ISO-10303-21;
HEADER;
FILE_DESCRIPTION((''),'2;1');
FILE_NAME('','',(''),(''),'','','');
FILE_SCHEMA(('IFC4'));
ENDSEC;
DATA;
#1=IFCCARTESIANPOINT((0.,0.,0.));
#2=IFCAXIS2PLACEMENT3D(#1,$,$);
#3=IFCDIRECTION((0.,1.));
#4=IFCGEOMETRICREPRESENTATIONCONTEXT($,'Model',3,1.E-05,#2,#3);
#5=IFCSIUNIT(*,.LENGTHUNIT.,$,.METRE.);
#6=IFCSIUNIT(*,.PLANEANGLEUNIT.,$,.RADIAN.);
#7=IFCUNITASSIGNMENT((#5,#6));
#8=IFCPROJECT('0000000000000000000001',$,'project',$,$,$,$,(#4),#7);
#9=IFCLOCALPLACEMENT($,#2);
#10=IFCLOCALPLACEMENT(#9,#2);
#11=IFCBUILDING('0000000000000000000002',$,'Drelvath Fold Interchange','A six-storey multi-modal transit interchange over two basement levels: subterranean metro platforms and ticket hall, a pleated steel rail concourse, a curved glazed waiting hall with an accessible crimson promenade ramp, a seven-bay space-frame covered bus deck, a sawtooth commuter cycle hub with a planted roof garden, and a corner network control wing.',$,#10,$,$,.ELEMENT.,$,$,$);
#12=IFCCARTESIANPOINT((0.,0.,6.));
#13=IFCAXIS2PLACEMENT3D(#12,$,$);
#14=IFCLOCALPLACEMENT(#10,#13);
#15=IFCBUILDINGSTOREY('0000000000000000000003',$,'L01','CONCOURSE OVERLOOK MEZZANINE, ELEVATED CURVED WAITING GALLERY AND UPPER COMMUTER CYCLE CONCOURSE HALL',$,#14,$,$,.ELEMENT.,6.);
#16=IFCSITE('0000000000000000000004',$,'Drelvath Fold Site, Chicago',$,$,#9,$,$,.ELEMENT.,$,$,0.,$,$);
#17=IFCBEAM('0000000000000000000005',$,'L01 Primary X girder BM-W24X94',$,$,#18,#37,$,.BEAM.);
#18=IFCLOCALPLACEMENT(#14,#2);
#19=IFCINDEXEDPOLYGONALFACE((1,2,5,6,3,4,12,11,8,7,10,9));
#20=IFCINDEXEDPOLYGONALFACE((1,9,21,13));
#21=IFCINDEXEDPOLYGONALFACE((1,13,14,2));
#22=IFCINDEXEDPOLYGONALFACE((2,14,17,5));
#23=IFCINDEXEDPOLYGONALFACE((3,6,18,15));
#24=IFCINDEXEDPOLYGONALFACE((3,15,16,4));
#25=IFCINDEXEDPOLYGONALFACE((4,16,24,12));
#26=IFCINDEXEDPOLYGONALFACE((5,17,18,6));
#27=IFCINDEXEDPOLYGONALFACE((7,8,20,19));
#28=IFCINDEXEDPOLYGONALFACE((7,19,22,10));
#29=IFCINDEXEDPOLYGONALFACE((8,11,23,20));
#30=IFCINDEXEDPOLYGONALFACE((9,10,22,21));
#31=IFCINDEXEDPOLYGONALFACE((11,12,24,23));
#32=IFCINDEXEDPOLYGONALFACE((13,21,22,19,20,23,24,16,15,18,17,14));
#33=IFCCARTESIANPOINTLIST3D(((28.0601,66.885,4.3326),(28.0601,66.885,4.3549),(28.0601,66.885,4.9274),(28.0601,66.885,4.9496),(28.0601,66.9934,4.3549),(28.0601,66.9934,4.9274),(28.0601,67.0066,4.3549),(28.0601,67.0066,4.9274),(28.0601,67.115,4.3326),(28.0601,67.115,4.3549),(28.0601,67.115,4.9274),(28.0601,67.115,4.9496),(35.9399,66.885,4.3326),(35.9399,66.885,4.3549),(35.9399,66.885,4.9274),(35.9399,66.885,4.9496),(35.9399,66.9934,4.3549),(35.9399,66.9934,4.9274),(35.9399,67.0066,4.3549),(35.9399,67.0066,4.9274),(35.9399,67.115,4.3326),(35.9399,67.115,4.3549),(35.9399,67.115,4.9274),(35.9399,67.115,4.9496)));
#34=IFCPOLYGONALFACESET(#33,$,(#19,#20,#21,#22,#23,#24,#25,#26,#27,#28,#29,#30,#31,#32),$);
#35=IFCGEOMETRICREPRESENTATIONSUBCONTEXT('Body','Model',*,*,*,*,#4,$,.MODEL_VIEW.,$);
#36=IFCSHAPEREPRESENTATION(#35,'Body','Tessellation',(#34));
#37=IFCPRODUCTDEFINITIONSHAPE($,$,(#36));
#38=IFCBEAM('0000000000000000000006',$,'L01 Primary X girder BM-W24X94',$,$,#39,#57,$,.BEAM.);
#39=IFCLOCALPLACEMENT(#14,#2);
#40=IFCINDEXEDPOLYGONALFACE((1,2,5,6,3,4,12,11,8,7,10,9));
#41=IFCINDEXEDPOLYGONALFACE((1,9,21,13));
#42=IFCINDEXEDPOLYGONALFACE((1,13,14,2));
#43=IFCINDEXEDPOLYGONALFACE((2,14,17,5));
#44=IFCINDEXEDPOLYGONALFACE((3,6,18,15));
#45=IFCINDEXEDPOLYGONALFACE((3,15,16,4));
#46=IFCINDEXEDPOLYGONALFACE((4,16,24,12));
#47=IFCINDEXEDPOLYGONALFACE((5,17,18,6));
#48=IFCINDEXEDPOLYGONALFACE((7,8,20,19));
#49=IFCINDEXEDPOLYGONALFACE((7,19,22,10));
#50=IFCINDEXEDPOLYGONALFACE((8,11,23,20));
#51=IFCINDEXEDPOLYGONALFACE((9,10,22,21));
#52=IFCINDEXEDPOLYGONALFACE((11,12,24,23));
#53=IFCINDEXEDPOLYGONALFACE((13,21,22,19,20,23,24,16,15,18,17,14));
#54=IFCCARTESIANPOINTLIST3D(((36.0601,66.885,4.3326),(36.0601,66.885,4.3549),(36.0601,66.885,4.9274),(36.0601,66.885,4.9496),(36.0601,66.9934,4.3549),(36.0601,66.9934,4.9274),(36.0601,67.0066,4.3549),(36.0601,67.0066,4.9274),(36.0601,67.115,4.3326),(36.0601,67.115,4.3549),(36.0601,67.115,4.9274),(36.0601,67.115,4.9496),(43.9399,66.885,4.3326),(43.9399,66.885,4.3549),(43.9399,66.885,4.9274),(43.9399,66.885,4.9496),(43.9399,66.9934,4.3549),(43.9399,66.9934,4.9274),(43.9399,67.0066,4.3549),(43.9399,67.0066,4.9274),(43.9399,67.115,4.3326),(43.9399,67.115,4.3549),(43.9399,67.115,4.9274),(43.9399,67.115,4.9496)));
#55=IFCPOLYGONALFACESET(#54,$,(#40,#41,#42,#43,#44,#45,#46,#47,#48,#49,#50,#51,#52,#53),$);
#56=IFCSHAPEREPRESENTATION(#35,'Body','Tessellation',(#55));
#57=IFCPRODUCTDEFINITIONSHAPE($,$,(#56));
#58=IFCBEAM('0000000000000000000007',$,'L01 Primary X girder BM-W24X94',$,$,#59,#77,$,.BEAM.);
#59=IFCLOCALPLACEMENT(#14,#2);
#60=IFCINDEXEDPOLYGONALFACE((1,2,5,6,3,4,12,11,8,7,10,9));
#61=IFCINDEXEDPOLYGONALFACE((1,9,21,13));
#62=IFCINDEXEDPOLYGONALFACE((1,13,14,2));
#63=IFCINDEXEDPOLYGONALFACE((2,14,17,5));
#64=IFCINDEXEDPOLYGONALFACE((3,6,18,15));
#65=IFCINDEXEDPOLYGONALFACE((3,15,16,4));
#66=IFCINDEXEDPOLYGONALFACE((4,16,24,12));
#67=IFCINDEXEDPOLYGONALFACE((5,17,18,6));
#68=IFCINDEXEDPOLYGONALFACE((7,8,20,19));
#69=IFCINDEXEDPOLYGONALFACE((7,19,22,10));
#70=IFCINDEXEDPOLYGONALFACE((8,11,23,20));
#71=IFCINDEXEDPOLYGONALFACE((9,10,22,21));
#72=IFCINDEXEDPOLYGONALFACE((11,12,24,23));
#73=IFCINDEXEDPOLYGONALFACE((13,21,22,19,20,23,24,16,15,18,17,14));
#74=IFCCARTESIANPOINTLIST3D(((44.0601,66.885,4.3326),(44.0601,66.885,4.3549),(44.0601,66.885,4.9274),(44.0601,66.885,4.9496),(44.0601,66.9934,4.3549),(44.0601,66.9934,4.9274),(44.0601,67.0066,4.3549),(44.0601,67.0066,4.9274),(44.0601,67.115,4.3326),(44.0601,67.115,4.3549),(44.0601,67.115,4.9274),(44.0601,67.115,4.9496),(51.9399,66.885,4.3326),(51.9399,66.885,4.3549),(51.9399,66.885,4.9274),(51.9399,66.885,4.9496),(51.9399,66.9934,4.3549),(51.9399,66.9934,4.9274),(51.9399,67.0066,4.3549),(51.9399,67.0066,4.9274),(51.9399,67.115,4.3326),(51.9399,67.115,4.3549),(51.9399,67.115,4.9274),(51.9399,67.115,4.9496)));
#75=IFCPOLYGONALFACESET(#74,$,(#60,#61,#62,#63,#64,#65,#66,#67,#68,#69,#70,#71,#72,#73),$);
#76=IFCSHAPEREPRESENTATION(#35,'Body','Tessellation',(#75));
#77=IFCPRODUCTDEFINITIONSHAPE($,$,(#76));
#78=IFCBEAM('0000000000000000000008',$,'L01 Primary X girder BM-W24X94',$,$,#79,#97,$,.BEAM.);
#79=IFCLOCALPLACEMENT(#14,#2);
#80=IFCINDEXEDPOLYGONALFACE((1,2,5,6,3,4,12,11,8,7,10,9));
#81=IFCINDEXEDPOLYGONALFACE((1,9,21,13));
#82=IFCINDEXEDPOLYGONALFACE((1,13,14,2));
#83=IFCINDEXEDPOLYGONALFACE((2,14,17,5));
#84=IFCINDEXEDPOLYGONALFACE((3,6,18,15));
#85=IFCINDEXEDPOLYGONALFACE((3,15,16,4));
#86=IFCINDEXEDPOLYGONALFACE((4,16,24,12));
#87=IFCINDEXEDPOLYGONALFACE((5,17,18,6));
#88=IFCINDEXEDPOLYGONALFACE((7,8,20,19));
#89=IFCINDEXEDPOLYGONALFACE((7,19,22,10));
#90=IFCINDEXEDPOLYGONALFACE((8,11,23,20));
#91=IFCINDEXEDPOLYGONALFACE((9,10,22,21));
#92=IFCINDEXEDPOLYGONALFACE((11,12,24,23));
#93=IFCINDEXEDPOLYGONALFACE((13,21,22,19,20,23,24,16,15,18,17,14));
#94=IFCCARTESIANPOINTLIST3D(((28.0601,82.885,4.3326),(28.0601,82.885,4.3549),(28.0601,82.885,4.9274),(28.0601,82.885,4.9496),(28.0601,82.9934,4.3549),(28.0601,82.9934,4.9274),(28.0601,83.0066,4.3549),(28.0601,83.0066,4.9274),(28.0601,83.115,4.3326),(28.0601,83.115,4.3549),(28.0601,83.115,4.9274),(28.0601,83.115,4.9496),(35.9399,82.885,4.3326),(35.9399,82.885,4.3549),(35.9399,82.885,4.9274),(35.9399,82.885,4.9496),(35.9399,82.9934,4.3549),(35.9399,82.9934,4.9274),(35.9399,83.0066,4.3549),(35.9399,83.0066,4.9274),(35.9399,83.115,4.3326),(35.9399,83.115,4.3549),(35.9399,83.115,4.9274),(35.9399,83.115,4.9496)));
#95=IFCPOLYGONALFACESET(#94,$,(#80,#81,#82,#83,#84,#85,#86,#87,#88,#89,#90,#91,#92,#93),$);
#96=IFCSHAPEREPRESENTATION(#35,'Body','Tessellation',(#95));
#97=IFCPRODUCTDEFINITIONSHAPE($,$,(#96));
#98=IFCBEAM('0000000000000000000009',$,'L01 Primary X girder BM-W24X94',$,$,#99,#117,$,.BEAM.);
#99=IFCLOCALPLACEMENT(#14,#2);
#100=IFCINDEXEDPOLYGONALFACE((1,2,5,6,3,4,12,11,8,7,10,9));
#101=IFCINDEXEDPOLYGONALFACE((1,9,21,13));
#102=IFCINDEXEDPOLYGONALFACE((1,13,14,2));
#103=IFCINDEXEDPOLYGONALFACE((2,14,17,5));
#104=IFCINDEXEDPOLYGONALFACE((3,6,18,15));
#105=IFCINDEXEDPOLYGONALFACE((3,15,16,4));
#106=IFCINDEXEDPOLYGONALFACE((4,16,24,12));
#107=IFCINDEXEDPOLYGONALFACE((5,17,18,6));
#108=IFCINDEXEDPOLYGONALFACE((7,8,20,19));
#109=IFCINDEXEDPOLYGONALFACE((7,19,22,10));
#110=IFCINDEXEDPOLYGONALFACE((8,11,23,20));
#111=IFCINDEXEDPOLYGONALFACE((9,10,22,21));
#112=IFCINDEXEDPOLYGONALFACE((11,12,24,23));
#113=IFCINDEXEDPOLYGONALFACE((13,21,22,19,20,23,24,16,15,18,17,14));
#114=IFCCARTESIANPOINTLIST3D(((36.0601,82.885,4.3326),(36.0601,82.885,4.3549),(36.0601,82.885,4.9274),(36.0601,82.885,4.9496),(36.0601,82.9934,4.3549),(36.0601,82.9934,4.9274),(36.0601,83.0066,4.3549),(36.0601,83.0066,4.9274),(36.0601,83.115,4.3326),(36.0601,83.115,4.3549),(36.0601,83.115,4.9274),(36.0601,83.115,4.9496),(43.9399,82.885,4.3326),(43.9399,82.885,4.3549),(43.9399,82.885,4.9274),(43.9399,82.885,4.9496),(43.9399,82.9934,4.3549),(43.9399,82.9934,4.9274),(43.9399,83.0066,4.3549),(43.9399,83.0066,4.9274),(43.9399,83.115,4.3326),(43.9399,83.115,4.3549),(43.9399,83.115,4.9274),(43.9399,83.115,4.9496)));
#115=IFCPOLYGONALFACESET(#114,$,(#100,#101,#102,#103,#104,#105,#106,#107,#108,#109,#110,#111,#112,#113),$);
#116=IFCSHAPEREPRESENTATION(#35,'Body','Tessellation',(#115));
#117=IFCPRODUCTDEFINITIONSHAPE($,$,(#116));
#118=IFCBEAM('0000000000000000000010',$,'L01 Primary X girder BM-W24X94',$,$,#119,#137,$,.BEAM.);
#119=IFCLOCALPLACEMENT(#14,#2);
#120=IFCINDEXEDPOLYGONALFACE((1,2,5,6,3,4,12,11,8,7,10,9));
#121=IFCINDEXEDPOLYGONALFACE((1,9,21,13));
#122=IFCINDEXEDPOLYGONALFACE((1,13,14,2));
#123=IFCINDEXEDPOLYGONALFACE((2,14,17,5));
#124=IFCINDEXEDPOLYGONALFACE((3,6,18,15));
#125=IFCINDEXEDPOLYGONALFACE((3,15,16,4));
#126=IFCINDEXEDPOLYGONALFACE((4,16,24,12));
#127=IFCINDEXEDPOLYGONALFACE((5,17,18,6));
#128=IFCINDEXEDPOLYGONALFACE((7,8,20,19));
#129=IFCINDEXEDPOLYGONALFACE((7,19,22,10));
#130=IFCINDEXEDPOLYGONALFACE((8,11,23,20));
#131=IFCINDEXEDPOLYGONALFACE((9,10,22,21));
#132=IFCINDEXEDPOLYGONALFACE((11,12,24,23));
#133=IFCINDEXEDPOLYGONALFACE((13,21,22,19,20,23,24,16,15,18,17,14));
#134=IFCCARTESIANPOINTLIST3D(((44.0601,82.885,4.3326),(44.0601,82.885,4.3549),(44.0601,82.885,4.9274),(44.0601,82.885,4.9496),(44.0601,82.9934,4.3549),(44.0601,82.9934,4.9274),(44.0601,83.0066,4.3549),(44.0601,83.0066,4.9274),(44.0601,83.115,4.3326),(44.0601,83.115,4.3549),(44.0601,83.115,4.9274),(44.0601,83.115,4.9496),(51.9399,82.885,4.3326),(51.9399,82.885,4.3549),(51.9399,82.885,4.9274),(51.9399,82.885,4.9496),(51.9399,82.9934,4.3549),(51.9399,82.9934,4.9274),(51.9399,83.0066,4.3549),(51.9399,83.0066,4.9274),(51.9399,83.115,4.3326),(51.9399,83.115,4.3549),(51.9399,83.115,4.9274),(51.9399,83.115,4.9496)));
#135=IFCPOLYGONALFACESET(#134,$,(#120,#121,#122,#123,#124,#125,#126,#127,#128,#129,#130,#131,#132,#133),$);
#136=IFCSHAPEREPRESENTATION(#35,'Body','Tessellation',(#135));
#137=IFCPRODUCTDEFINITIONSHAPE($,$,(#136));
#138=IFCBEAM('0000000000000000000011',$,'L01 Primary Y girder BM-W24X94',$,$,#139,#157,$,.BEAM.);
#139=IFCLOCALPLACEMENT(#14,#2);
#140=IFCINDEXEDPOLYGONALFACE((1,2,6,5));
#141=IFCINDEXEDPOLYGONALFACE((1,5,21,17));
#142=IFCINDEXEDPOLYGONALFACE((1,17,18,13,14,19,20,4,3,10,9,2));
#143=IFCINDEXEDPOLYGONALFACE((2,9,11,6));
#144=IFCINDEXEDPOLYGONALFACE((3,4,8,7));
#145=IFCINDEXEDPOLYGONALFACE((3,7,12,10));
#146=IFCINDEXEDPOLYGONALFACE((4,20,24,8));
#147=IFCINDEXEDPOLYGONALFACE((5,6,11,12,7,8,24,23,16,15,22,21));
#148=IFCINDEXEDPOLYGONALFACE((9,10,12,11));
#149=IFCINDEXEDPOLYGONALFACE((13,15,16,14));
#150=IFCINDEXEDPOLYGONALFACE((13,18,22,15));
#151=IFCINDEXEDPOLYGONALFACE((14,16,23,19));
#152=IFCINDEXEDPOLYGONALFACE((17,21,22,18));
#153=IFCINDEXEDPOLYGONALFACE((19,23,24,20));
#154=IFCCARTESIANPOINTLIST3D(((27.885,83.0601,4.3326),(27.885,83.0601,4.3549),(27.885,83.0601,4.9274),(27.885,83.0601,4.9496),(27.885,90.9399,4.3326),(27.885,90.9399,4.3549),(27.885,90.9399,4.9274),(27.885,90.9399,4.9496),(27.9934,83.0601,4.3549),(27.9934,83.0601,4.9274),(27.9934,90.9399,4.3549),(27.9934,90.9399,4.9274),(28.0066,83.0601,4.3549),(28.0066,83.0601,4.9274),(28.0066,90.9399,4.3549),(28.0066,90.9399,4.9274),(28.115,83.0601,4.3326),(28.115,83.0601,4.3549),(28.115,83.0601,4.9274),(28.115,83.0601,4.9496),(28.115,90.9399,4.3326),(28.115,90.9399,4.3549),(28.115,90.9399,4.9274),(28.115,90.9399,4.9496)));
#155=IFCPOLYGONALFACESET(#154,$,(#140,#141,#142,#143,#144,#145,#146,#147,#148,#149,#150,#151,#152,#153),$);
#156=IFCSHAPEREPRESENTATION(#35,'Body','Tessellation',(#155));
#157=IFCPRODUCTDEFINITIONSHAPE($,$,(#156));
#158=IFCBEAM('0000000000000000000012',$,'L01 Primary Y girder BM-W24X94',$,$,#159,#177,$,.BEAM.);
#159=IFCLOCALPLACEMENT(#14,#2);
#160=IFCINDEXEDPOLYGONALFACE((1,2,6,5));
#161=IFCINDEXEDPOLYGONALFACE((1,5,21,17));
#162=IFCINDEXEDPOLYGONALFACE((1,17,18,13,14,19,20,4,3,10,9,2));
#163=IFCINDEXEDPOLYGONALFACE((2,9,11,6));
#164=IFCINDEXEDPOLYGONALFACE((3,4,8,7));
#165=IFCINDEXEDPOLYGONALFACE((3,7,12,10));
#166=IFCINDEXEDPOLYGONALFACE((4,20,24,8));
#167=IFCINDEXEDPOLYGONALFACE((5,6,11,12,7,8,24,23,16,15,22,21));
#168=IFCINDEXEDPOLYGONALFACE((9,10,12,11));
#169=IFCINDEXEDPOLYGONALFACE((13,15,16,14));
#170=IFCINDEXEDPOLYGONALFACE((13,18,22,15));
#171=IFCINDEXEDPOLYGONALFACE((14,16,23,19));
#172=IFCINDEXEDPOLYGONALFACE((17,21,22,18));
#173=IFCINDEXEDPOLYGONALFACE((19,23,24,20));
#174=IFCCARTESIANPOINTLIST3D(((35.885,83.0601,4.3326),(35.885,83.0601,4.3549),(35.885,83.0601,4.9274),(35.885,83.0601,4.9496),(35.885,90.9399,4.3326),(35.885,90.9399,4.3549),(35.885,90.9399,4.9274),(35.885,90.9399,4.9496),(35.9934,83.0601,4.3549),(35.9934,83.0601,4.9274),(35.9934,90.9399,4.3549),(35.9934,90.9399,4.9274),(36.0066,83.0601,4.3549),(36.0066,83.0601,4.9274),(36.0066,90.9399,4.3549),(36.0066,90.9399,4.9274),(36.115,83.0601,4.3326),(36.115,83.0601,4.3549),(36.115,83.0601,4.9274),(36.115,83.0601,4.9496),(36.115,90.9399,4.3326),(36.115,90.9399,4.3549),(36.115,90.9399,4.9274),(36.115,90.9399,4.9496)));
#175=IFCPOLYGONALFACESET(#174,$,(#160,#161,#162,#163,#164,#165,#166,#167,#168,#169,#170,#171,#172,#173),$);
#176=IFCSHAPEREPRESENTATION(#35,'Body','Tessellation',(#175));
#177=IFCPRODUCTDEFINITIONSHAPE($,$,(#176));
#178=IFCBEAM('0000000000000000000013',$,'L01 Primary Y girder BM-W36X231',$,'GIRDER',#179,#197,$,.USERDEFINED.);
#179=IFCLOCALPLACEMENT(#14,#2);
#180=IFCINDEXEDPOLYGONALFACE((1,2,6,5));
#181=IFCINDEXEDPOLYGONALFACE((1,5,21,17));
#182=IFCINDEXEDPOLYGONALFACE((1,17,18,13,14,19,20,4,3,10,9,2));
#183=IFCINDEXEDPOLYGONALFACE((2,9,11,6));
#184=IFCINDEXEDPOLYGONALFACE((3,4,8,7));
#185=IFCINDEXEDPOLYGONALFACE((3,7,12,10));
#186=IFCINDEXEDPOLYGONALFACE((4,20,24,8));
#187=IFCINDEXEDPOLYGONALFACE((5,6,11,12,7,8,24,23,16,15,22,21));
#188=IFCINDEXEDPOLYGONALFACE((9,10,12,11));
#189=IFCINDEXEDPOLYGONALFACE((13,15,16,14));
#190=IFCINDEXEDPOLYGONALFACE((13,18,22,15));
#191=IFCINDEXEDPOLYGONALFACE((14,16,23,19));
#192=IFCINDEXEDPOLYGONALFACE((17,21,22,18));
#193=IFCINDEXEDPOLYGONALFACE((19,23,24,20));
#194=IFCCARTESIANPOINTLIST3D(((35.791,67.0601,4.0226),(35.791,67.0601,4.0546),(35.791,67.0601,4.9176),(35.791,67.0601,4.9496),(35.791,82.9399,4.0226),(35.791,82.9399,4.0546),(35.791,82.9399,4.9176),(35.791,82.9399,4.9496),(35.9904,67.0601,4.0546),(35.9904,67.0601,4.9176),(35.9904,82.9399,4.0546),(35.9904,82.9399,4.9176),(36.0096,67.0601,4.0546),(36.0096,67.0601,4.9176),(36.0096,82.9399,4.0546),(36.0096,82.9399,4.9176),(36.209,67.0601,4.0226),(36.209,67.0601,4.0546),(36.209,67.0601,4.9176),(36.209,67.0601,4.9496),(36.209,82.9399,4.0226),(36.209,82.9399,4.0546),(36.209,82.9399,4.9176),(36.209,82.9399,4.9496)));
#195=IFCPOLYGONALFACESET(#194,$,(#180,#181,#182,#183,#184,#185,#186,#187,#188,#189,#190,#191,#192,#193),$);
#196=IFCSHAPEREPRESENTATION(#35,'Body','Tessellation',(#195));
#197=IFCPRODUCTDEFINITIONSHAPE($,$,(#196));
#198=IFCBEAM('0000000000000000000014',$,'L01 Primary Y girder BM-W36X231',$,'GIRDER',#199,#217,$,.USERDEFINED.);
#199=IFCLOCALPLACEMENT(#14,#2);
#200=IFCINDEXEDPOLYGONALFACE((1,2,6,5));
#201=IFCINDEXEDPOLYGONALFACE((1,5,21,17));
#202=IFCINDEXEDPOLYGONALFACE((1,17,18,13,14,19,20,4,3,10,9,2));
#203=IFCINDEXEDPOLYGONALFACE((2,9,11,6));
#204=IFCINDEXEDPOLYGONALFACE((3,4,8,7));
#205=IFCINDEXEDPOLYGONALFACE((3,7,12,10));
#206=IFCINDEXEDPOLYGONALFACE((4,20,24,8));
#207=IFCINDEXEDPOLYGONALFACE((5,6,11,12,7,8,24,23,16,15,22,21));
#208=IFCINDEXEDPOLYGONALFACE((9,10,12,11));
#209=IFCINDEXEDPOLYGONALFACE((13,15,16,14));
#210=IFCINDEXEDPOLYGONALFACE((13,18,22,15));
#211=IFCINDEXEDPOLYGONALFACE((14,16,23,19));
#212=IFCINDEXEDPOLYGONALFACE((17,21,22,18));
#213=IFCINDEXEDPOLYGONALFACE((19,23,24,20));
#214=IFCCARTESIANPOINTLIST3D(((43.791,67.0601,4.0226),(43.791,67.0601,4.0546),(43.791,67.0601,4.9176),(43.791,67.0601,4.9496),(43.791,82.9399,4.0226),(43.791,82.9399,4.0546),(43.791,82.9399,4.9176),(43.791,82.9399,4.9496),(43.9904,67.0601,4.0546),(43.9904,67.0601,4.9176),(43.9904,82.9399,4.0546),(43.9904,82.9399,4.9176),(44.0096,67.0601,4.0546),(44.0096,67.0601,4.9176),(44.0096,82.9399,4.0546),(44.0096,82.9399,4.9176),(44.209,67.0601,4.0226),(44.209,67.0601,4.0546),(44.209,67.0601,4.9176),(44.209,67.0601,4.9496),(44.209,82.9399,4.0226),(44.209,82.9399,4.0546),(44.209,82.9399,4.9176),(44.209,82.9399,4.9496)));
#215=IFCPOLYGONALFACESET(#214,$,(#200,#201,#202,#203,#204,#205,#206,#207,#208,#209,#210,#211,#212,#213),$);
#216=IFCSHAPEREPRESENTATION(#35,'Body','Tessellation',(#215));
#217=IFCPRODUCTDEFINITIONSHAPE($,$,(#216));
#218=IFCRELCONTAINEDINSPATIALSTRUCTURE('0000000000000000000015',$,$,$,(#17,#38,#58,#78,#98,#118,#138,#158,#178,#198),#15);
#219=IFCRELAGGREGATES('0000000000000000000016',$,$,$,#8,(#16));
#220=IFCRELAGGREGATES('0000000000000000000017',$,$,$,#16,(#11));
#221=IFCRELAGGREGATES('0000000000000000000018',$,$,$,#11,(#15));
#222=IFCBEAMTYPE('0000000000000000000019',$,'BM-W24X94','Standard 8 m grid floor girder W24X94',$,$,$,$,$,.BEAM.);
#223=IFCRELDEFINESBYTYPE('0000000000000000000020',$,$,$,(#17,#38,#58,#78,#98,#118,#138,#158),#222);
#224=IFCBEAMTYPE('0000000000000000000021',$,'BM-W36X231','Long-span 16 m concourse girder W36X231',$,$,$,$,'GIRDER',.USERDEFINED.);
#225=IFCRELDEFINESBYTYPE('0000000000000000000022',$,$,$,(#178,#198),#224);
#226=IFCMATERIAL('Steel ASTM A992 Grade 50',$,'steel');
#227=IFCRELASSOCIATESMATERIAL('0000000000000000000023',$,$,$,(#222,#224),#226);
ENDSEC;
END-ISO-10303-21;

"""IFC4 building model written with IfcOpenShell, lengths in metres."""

from ifc_helpers import new_model, si_unit, direction, frame, origin, origin_2d, place, context, subcontext, project, spatial, i_section, extrude, material, material_profile, profile_set, type_object, element, save


model = new_model("IFC4")

# Units and contexts
model_context = context("Model", 3, precision=1e-05, world=origin(), true_north=direction((0.0, 1.0)))
body_context = subcontext(model_context, "Body", "Model", "MODEL_VIEW")
ifc_project = project(units=[si_unit("LENGTHUNIT", "METRE"), si_unit("PLANEANGLEUNIT", "RADIAN")], contexts=[model_context])

# Site, building, storey
site_placement = place(None, origin())
site = spatial("IfcSite", under=ifc_project, at=site_placement, Name="Drelvath Fold Site, Chicago", CompositionType="ELEMENT", RefElevation=0.0)
building_placement = place(site_placement, origin())
building = spatial("IfcBuilding", under=site, at=building_placement, Name="Drelvath Fold Interchange", Description="A six-storey multi-modal transit interchange over two basement levels: subterranean metro platforms and ticket hall, a pleated steel rail concourse, a curved glazed waiting hall with an accessible crimson promenade ramp, a seven-bay space-frame covered bus deck, a sawtooth commuter cycle hub with a planted roof garden, and a corner network control wing.", CompositionType="ELEMENT")
storey_placement = place(building_placement, frame((0.0, 0.0, 6.0)))
storey = spatial("IfcBuildingStorey", under=building, at=storey_placement, Name="L01", Description="CONCOURSE OVERLOOK MEZZANINE, ELEVATED CURVED WAITING GALLERY AND UPPER COMMUTER CYCLE CONCOURSE HALL", CompositionType="ELEMENT", Elevation=6.0)

# Beams
ifc_material_1 = material(Name="Steel ASTM A992 Grade 50", Category="steel")
ifc_material_profile_1 = material_profile(ifc_material_1, i_section(OverallWidth=0.23, OverallDepth=0.6169, WebThickness=0.0132, FlangeThickness=0.0222, at=origin_2d()), Name="W24X94")
ifc_profile_set_1 = profile_set([ifc_material_profile_1], Name="Steel ASTM A992 Grade 50")
beam_type_1 = type_object("IfcBeamType", Name="BM-W24X94", Description="Standard 8 m grid floor girder W24X94", PredefinedType="BEAM", material=ifc_profile_set_1)
for number, where, z_axis, x_axis, name in (
    (1, (28.0601, 67.0, 4.6411), (1.0, 0.0, 0.0), (0.0, 1.0, 0.0), "L01 Primary X girder BM-W24X94"),
    (2, (36.0601, 67.0, 4.6411), (1.0, 0.0, 0.0), (0.0, 1.0, 0.0), "L01 Primary X girder BM-W24X94"),
    (3, (44.0601, 67.0, 4.6411), (1.0, 0.0, 0.0), (0.0, 1.0, 0.0), "L01 Primary X girder BM-W24X94"),
    (4, (28.0601, 83.0, 4.6411), (1.0, 0.0, 0.0), (0.0, 1.0, 0.0), "L01 Primary X girder BM-W24X94"),
    (5, (36.0601, 83.0, 4.6411), (1.0, 0.0, 0.0), (0.0, 1.0, 0.0), "L01 Primary X girder BM-W24X94"),
    (6, (44.0601, 83.0, 4.6411), (1.0, 0.0, 0.0), (0.0, 1.0, 0.0), "L01 Primary X girder BM-W24X94"),
    (7, (28.0, 83.0601, 4.6411), (0.0, 1.0, 0.0), (-1.0, 0.0, 0.0), "L01 Primary Y girder BM-W24X94"),
    (8, (36.0, 83.0601, 4.6411), (0.0, 1.0, 0.0), (-1.0, 0.0, 0.0), "L01 Primary Y girder BM-W24X94"),
):
    element("IfcBeam", number, at=place(storey_placement, frame(where, z_axis=z_axis, x_axis=x_axis)), inside=storey, type_object=beam_type_1, Name=name, PredefinedType="BEAM", context=body_context, shape_type="SweptSolid", body=[
        extrude(i_section(OverallWidth=0.23, OverallDepth=0.6169, WebThickness=0.0132, FlangeThickness=0.0222, at=origin_2d()), origin(), (0.0, 0.0, 1.0), 7.8799),
    ])
ifc_material_profile_2 = material_profile(ifc_material_1, i_section(OverallWidth=0.418, OverallDepth=0.927, WebThickness=0.0193, FlangeThickness=0.032, at=origin_2d()), Name="W36X231")
ifc_profile_set_2 = profile_set([ifc_material_profile_2], Name="Steel ASTM A992 Grade 50")
beam_type_2 = type_object("IfcBeamType", Name="BM-W36X231", Description="Long-span 16 m concourse girder W36X231", ElementType="GIRDER", PredefinedType="USERDEFINED", material=ifc_profile_set_2)
for number, where, z_axis, x_axis, name in (
    (9, (36.0, 67.0601, 4.4861), (0.0, 1.0, 0.0), (-1.0, 0.0, 0.0), "L01 Primary Y girder BM-W36X231"),
    (10, (44.0, 67.0601, 4.4861), (0.0, 1.0, 0.0), (-1.0, 0.0, 0.0), "L01 Primary Y girder BM-W36X231"),
):
    element("IfcBeam", number, at=place(storey_placement, frame(where, z_axis=z_axis, x_axis=x_axis)), inside=storey, type_object=beam_type_2, Name=name, ObjectType="GIRDER", PredefinedType="USERDEFINED", context=body_context, shape_type="SweptSolid", body=[
        extrude(i_section(OverallWidth=0.418, OverallDepth=0.927, WebThickness=0.0193, FlangeThickness=0.032, at=origin_2d()), origin(), (0.0, 0.0, 1.0), 15.8799),
    ])

save(model, "model.ifc")
